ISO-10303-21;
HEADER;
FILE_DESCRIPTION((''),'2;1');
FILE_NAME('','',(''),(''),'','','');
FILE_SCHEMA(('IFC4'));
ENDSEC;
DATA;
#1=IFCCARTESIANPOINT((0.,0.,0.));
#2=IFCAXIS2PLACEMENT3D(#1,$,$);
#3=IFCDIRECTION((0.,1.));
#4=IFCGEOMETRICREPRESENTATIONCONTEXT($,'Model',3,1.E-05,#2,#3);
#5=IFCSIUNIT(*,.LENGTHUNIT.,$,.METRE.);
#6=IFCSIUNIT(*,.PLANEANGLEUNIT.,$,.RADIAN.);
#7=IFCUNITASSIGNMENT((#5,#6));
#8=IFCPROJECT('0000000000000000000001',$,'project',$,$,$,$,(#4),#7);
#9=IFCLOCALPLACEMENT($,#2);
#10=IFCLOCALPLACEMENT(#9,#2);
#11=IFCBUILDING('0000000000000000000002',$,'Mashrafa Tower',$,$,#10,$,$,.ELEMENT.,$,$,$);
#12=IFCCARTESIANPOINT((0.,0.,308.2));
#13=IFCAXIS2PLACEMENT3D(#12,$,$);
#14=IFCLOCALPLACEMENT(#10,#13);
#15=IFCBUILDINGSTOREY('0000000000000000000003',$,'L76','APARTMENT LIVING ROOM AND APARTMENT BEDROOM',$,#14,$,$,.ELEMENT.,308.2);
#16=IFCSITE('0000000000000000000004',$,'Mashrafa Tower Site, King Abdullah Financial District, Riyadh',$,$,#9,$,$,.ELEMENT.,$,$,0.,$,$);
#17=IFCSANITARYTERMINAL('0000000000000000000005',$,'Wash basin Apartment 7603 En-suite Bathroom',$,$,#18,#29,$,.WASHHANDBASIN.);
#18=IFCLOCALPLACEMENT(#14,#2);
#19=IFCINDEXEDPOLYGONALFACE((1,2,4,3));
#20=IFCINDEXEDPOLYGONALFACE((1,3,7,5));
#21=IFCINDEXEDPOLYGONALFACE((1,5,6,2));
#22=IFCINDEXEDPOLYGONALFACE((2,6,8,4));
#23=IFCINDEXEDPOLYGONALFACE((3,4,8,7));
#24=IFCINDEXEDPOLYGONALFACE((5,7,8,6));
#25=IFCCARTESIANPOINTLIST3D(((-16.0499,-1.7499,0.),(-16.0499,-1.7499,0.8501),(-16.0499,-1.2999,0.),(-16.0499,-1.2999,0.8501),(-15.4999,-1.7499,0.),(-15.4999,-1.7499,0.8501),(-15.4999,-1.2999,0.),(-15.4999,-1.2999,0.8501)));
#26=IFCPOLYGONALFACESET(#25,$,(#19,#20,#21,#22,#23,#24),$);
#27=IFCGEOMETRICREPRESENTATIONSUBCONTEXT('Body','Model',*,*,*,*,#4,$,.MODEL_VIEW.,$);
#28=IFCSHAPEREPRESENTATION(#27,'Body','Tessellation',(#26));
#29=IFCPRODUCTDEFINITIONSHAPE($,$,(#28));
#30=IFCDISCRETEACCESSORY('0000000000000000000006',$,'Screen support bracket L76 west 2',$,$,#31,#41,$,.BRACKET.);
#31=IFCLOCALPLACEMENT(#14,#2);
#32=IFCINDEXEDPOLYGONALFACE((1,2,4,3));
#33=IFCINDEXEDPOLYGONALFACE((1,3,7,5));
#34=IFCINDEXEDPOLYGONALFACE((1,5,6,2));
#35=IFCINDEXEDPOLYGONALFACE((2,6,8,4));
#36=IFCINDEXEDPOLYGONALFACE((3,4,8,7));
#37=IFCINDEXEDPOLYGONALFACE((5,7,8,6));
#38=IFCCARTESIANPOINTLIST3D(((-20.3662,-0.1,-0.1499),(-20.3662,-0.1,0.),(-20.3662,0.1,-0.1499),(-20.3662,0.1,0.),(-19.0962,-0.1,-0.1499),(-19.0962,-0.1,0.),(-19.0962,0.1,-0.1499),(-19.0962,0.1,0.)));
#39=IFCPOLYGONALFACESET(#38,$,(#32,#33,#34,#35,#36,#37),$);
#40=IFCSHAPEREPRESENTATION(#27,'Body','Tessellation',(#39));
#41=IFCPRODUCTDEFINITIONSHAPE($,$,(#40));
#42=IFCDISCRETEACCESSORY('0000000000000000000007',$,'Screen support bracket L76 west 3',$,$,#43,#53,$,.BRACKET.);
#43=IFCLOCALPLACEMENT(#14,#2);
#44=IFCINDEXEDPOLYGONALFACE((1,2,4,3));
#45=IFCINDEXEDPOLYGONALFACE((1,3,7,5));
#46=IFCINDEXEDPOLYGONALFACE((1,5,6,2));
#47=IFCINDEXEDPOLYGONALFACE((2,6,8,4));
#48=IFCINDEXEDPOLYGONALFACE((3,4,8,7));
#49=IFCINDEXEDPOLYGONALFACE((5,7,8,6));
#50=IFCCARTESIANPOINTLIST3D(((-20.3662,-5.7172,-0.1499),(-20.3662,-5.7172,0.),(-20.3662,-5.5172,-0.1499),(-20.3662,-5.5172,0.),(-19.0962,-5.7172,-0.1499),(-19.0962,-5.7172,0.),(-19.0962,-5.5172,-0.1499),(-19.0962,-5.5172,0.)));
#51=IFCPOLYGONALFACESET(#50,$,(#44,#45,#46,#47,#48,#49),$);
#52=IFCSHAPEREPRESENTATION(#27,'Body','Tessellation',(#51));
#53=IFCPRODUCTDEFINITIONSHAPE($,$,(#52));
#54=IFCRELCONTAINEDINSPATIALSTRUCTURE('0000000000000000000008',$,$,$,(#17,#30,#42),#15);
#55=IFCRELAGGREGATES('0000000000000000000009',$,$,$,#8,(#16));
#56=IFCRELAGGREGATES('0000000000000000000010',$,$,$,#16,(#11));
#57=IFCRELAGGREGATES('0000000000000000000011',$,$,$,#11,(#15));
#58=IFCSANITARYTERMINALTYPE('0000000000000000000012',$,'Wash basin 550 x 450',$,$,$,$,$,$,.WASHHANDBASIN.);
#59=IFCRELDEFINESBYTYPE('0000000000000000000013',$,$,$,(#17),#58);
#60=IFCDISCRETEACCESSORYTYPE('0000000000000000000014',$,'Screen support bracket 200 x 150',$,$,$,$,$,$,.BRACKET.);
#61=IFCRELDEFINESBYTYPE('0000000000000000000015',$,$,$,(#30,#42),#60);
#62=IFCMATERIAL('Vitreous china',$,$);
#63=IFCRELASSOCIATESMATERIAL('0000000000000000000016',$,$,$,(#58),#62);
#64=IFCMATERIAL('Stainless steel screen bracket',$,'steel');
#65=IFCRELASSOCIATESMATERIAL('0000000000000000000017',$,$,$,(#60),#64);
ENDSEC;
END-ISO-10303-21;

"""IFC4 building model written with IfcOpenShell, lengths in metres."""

from ifc_helpers import new_model, si_unit, direction, frame, origin, origin_2d, place, context, subcontext, project, spatial, rectangle, extrude, source, transform, mapped, material, type_object, type_shapes, element, save


model = new_model("IFC4")

# Units and contexts
model_context = context("Model", 3, precision=1e-05, world=origin(), true_north=direction((0.0, 1.0)))
body_context = subcontext(model_context, "Body", "Model", "MODEL_VIEW")
ifc_project = project(units=[si_unit("LENGTHUNIT", "METRE"), si_unit("PLANEANGLEUNIT", "RADIAN")], contexts=[model_context])

# Site, building, storey
site_placement = place(None, origin())
site = spatial("IfcSite", under=ifc_project, at=site_placement, Name="Mashrafa Tower Site, King Abdullah Financial District, Riyadh", CompositionType="ELEMENT", RefElevation=0.0)
building_placement = place(site_placement, origin())
building = spatial("IfcBuilding", under=site, at=building_placement, Name="Mashrafa Tower", CompositionType="ELEMENT")
storey_placement = place(building_placement, frame((0.0, 0.0, 308.2)))
storey = spatial("IfcBuildingStorey", under=building, at=storey_placement, Name="L76", Description="APARTMENT LIVING ROOM AND APARTMENT BEDROOM", CompositionType="ELEMENT", Elevation=308.2)

# Sanitary terminal
ifc_material_1 = material(Name="Vitreous china")
sanitary_terminal_type_1 = type_object("IfcSanitaryTerminalType", Name="Wash basin 550 x 450", PredefinedType="WASHHANDBASIN", material=ifc_material_1)
sanitary_terminal_1_placement = place(storey_placement, frame((-15.7749, -1.5249, 0.0), z_axis=(0.0, 0.0, 1.0), x_axis=(1.0, 0.0, 0.0)))
element("IfcSanitaryTerminal", 1, at=sanitary_terminal_1_placement, inside=storey, type_object=sanitary_terminal_type_1, Name="Wash basin Apartment 7603 En-suite Bathroom", PredefinedType="WASHHANDBASIN", context=body_context, shape_type="SweptSolid", body=[
    extrude(rectangle(XDim=0.55, YDim=0.45, at=origin_2d()), origin(), (0.0, 0.0, 1.0), 0.8501),
])

# Discrete accessories
ifc_material_2 = material(Name="Stainless steel screen bracket", Category="steel")
discrete_accessory_type = type_object("IfcDiscreteAccessoryType", Name="Screen support bracket 200 x 150", PredefinedType="BRACKET", material=ifc_material_2)
shared_shape_1 = source(origin(), body_context, "Body", "SweptSolid", [
    extrude(rectangle(XDim=0.2, YDim=1.27, at=origin_2d()), origin(), (0.0, 0.0, 1.0), 0.1499),
])
type_shapes(discrete_accessory_type, [shared_shape_1])
for number, where, z_axis, x_axis, name in (
    (2, (-19.7312, 0.0, -0.1499), (0.0, 0.0, 1.0), (0.0, -1.0, 0.0), "Screen support bracket L76 west 2"),
    (3, (-19.7312, -5.6172, -0.1499), (0.0, 0.0, 1.0), (0.0, -1.0, 0.0), "Screen support bracket L76 west 3"),
):
    element("IfcDiscreteAccessory", number, at=place(storey_placement, frame(where, z_axis=z_axis, x_axis=x_axis)), inside=storey, type_object=discrete_accessory_type, Name=name, PredefinedType="BRACKET", context=body_context, shape_type="MappedRepresentation", body=[
        mapped(shared_shape_1, transform((0.0, 0.0, 0.0))),
    ])

save(model, "model.ifc")
